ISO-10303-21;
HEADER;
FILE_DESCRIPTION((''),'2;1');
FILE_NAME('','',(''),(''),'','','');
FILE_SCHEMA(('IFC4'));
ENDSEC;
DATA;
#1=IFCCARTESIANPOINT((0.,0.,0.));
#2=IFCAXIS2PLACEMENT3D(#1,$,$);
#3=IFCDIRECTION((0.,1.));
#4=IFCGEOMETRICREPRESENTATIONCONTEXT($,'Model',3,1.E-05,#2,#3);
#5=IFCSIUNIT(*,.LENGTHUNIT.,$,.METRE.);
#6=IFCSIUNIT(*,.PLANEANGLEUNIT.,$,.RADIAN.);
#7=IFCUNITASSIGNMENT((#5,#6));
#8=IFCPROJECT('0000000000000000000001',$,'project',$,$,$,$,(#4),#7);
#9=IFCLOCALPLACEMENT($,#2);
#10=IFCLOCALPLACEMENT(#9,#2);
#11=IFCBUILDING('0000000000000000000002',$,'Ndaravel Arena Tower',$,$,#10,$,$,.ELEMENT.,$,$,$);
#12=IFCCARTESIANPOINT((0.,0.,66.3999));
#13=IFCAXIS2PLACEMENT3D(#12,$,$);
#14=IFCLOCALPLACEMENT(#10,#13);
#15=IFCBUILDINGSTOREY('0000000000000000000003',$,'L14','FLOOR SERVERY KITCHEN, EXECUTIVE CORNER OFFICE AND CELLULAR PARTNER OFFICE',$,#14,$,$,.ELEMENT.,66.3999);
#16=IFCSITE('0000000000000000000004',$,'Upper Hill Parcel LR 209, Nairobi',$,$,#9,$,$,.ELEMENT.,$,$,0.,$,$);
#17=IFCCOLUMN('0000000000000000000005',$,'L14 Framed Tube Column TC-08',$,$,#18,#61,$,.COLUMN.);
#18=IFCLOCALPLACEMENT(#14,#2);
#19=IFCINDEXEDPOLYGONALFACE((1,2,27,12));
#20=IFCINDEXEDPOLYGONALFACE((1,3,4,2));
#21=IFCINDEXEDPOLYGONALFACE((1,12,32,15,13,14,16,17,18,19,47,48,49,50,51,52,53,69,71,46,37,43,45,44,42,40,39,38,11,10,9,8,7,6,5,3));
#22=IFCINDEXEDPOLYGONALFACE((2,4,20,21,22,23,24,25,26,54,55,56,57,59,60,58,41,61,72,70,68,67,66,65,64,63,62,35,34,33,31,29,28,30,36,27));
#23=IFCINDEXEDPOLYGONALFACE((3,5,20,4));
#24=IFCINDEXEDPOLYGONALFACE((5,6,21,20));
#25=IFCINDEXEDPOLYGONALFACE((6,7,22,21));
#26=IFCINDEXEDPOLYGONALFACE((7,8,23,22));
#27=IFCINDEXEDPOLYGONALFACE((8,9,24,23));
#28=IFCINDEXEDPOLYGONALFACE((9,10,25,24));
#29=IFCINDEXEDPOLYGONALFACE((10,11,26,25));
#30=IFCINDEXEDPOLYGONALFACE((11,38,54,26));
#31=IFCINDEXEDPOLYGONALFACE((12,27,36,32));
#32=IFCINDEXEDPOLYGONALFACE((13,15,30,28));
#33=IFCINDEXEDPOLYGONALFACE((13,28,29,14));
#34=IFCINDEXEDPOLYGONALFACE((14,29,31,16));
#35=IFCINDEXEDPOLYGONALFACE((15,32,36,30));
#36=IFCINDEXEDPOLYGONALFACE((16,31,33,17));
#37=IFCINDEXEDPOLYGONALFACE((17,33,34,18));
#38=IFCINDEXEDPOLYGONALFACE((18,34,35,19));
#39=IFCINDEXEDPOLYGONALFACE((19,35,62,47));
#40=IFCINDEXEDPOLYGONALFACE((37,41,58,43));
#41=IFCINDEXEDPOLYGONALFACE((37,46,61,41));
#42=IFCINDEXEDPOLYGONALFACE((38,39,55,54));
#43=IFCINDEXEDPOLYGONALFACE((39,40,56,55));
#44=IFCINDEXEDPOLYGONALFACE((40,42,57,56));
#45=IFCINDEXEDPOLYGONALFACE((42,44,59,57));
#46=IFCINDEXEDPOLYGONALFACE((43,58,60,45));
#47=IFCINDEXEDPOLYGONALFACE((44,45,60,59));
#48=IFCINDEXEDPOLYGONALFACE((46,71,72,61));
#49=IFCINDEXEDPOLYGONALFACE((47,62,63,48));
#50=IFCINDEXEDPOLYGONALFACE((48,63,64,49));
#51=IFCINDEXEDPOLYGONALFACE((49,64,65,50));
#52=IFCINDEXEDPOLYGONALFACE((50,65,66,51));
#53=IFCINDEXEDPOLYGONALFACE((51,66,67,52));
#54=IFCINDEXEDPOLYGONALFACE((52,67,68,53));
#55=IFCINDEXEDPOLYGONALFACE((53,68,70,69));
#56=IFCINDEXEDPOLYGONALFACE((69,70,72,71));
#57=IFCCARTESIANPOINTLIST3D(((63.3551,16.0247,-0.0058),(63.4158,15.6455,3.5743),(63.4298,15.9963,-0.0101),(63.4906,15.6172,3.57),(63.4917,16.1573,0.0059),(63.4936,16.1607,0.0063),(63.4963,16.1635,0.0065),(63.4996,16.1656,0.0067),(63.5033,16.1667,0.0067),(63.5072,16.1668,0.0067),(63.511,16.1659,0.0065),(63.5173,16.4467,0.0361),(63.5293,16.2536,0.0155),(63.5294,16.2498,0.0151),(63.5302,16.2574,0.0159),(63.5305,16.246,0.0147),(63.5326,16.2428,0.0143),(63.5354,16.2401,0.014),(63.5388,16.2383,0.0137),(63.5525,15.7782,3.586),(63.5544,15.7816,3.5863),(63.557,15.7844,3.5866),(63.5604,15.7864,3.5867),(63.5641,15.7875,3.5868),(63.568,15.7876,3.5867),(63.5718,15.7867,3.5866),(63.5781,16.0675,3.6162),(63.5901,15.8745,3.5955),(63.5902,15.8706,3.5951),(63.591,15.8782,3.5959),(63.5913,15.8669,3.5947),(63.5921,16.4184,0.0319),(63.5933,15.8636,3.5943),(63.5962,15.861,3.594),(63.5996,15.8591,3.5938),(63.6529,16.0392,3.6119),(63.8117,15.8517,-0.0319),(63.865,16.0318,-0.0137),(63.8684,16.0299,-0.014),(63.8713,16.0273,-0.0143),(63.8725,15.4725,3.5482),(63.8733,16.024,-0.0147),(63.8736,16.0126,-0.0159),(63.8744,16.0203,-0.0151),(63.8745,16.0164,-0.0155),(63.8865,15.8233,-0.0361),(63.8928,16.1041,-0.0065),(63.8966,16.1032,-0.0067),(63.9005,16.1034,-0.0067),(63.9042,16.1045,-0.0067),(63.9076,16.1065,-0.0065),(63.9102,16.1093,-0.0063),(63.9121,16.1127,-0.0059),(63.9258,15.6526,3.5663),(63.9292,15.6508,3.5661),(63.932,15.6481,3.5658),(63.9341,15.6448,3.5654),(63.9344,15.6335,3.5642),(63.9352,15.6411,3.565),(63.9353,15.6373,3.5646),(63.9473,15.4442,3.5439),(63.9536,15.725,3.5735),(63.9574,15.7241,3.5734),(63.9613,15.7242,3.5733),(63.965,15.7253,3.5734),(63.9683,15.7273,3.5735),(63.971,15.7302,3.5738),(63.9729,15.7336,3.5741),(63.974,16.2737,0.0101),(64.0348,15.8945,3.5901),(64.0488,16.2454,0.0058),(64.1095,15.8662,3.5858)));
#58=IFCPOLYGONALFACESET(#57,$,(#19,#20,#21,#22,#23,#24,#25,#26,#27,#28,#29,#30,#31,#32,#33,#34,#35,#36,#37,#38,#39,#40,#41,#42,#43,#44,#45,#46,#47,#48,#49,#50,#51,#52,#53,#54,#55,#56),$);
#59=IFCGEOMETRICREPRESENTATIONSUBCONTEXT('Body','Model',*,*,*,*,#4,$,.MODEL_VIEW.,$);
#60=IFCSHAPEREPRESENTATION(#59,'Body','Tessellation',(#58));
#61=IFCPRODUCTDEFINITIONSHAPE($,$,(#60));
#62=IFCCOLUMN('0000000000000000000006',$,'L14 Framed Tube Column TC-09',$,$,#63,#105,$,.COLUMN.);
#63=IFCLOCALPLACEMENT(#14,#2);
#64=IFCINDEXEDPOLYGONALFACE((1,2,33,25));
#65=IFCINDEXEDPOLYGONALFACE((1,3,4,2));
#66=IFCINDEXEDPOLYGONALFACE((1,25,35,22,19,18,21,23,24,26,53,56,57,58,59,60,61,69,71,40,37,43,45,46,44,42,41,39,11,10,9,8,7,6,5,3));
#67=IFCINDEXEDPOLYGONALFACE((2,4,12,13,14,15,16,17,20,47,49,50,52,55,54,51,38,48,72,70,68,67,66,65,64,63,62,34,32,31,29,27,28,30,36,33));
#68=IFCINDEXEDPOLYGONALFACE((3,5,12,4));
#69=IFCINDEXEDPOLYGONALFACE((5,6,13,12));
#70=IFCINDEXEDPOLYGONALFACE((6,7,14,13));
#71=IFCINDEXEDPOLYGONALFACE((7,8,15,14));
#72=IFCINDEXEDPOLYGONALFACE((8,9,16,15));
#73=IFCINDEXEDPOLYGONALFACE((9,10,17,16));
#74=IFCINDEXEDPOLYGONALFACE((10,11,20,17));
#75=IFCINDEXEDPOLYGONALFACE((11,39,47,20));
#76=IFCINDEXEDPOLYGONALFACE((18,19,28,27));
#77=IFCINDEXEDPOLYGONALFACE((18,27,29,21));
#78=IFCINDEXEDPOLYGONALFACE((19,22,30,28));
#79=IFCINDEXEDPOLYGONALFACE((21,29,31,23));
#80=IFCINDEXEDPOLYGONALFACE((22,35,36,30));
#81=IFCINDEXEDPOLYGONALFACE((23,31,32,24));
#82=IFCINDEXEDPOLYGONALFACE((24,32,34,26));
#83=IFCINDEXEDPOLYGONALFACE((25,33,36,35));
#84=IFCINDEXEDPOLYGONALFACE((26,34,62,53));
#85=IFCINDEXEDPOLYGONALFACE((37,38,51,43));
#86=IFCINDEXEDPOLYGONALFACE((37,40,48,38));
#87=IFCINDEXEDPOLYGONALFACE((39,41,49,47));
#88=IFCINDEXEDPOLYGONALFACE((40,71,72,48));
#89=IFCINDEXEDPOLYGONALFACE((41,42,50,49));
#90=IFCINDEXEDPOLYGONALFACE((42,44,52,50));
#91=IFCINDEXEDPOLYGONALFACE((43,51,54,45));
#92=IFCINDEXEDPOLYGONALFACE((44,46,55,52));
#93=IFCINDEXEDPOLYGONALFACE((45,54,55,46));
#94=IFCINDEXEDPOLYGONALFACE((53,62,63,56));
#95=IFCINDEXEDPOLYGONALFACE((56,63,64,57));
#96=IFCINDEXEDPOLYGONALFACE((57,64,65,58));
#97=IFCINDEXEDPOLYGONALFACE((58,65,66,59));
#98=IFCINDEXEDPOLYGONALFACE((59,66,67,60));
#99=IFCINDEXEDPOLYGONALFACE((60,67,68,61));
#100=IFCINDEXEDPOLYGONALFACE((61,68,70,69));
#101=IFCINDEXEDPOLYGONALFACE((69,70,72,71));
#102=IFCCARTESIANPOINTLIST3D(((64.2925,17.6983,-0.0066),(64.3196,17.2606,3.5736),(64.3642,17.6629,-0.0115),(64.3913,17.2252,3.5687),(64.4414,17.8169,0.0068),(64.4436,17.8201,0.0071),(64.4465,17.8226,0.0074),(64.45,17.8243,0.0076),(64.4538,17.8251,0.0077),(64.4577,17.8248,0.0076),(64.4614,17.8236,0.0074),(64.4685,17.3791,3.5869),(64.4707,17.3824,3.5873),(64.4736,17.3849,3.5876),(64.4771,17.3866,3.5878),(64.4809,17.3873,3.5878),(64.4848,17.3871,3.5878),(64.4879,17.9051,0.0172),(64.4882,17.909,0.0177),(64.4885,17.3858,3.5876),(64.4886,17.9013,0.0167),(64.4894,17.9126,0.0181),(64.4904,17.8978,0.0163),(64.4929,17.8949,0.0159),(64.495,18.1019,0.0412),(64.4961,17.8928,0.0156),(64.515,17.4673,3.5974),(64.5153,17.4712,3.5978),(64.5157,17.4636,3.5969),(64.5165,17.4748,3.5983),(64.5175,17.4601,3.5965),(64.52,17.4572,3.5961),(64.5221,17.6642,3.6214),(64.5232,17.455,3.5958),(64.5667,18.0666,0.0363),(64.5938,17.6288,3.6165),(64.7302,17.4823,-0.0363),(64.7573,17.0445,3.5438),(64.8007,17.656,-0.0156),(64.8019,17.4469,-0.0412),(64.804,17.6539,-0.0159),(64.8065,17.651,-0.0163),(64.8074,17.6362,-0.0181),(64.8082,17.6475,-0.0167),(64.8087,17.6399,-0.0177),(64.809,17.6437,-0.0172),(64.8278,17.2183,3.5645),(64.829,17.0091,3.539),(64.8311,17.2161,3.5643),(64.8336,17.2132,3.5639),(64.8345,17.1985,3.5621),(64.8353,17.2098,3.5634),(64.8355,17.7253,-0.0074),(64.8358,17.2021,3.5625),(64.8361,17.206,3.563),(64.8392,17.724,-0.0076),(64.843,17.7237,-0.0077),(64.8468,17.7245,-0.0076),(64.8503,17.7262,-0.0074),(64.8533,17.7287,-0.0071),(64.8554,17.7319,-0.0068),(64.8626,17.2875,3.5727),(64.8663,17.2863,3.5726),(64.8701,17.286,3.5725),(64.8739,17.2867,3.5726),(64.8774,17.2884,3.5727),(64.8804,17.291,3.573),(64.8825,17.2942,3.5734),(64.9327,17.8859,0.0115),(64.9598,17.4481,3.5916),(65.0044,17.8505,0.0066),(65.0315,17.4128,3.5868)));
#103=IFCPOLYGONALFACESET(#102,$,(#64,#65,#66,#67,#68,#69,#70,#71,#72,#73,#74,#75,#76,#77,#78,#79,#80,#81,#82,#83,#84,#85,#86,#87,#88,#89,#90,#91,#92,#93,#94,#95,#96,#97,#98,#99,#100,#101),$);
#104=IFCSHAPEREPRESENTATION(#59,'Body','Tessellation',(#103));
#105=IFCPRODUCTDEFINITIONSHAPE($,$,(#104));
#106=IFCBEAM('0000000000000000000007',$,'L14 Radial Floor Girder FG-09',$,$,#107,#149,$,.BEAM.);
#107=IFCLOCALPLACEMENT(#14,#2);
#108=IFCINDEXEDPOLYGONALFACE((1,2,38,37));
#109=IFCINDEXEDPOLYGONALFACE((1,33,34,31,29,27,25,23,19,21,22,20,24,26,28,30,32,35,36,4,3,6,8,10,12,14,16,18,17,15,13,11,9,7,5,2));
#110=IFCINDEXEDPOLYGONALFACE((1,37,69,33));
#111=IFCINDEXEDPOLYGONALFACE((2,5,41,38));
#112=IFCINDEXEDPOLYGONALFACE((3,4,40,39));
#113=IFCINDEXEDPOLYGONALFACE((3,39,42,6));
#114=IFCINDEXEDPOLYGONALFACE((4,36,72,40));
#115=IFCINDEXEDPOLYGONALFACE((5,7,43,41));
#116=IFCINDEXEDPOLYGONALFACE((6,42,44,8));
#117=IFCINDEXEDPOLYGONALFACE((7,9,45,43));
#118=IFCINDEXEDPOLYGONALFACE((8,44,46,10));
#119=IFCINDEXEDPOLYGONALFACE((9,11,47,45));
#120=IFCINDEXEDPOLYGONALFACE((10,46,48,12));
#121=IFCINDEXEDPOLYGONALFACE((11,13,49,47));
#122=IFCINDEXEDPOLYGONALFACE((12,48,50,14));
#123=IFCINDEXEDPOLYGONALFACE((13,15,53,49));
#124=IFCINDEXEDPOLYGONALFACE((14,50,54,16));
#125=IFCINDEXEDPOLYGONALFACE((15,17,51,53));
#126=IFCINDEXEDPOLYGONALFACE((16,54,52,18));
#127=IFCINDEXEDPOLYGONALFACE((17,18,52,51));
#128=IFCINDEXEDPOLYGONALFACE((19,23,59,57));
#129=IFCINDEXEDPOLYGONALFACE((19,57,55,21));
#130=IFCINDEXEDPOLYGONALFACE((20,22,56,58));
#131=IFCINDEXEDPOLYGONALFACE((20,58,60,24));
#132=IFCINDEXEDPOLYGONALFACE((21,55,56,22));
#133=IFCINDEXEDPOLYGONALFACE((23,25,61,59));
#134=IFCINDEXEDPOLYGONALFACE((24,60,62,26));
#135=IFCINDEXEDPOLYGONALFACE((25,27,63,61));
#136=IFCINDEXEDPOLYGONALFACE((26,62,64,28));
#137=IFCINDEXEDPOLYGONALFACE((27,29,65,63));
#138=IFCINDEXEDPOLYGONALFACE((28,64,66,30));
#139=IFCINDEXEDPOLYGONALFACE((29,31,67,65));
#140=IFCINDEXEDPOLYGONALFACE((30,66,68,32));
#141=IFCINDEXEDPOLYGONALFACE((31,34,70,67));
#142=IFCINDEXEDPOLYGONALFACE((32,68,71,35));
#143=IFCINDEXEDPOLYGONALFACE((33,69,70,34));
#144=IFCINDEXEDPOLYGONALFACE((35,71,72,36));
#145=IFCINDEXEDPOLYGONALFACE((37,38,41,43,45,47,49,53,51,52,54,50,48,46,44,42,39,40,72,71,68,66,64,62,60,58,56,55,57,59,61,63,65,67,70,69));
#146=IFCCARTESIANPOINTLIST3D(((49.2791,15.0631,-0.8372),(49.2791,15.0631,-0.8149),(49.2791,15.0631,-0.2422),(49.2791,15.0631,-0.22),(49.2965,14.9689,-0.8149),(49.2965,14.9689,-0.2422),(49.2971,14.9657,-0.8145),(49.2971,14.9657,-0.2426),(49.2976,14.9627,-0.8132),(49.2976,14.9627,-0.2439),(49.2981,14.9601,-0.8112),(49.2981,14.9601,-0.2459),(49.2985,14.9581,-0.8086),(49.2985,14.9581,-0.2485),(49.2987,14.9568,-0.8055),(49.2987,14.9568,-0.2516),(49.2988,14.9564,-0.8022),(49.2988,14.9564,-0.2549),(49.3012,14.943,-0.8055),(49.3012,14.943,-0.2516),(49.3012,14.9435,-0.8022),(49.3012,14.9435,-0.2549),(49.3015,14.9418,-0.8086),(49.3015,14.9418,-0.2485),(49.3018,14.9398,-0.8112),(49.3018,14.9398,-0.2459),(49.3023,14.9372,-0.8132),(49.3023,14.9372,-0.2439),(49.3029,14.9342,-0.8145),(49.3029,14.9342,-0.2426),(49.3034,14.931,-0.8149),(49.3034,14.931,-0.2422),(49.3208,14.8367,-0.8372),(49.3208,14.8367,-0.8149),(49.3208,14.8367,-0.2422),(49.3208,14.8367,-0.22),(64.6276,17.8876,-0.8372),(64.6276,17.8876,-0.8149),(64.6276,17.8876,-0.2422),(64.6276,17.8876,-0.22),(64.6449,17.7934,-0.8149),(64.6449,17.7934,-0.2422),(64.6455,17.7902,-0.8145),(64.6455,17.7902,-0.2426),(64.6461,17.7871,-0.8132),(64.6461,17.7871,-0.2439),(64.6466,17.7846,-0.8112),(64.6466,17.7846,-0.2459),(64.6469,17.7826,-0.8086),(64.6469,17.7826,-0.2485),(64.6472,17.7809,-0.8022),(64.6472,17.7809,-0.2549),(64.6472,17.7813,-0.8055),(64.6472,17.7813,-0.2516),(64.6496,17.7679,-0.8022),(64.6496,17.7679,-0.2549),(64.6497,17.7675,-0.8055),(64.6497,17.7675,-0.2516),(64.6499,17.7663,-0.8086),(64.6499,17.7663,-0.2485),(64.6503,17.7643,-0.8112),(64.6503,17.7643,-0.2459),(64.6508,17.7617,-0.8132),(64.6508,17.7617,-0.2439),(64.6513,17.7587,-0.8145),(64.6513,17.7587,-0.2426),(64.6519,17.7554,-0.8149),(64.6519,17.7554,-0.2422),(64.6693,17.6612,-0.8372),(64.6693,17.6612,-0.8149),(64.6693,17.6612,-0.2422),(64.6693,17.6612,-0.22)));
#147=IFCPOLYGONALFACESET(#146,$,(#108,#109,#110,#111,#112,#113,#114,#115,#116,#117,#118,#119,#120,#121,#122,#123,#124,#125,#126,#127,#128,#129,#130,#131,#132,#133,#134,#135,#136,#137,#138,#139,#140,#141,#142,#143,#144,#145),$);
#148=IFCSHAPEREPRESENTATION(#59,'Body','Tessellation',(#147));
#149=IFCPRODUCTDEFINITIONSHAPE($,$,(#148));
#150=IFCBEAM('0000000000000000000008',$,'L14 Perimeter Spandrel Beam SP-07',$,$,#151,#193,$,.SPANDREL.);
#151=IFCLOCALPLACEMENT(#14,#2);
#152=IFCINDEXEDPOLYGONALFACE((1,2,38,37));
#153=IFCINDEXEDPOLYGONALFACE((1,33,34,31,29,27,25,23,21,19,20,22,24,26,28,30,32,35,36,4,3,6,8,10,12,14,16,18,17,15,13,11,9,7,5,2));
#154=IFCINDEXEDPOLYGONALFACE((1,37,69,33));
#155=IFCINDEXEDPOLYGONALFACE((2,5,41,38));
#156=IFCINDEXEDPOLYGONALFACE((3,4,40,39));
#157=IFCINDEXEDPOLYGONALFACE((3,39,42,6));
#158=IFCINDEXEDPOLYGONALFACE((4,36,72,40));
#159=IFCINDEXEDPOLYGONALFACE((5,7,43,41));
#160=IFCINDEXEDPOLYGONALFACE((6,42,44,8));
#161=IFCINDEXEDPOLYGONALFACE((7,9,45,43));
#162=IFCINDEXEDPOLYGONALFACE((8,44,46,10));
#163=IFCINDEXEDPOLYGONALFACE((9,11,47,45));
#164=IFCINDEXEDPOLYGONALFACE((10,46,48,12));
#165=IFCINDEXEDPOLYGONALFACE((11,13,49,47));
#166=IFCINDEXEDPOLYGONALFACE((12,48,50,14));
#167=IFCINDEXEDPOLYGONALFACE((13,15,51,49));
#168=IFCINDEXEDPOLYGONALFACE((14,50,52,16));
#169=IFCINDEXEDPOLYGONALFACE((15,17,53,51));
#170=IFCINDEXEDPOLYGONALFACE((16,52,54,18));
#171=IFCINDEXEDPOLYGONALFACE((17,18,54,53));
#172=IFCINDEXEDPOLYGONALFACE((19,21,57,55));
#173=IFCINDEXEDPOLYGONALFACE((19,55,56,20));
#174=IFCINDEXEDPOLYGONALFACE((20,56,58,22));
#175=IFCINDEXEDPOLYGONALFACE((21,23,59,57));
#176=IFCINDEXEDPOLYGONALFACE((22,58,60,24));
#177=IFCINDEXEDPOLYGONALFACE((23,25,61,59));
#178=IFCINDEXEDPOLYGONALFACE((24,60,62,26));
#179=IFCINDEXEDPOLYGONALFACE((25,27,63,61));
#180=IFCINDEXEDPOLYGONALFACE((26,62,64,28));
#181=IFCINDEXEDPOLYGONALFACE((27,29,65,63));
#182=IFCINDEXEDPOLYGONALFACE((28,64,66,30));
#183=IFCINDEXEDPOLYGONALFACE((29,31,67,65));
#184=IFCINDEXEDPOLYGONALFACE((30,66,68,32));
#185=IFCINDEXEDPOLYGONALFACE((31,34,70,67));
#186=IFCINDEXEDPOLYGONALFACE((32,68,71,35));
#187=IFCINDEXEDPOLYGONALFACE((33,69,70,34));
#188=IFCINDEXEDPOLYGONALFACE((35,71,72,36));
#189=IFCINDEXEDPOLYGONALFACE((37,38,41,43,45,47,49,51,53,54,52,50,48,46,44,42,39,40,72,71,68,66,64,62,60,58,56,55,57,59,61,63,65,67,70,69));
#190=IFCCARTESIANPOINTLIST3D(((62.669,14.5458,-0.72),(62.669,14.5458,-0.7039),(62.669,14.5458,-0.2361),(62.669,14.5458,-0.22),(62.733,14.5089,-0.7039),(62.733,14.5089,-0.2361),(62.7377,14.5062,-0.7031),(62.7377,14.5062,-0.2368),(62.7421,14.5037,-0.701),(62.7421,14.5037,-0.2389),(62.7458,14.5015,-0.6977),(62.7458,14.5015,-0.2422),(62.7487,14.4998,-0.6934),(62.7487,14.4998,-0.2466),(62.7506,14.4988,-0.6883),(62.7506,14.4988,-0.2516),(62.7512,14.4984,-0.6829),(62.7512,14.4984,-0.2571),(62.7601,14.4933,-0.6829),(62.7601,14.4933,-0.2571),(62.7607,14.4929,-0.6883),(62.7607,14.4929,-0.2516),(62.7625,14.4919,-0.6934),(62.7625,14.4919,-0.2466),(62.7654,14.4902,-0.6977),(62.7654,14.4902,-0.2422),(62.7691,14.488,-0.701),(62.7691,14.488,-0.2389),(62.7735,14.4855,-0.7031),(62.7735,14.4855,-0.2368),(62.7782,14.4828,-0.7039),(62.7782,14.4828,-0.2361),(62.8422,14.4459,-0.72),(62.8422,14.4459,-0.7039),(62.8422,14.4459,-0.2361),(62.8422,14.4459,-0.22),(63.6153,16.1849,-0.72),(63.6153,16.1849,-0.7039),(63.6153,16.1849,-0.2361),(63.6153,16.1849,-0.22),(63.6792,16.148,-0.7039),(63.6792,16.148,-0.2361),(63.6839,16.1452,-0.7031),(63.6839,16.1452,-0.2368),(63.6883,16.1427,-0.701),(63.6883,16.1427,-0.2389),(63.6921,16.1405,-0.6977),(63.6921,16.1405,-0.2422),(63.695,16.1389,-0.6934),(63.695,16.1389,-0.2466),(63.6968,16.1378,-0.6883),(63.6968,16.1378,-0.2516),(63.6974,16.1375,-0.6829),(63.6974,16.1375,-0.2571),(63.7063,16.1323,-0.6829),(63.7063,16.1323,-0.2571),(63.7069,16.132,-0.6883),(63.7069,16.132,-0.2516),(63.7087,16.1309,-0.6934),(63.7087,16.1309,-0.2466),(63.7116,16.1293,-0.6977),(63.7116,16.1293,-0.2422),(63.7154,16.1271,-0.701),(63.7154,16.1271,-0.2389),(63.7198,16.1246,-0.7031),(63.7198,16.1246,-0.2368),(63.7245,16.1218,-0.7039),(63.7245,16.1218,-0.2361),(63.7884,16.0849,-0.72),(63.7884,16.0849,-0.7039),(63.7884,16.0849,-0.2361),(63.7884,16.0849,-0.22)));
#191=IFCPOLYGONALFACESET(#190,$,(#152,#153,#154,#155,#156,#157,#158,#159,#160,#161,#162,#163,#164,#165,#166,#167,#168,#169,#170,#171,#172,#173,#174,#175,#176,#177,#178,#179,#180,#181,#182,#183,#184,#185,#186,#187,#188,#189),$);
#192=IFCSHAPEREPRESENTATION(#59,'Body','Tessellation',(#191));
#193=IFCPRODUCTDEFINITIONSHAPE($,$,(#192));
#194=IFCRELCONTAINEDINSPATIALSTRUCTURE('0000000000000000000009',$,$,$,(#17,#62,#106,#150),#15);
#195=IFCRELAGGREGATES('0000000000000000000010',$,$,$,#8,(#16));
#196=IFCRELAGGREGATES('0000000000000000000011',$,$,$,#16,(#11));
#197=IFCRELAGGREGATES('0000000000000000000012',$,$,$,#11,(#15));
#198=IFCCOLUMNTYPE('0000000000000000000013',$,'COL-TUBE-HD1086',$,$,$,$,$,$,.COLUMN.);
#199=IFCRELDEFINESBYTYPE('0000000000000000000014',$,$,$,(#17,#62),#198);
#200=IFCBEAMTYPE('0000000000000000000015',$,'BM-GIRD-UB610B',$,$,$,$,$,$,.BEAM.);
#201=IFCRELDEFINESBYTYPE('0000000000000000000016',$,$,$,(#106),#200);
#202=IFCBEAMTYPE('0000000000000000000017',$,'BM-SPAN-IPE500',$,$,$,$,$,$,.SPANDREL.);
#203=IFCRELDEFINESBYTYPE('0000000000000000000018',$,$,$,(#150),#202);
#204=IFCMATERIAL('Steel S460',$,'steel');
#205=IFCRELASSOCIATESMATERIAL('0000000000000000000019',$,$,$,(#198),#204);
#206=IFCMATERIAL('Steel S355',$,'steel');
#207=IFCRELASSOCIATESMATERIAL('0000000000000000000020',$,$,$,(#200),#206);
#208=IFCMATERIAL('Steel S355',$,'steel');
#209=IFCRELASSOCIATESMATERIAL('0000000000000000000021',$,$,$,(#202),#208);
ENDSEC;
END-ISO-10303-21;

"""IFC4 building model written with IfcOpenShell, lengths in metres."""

from ifc_helpers import new_model, si_unit, direction, frame, origin, origin_2d, place, context, subcontext, project, spatial, i_section, extrude, material, material_profile, profile_set, type_object, element, save


model = new_model("IFC4")

# Units and contexts
model_context = context("Model", 3, precision=1e-05, world=origin(), true_north=direction((0.0, 1.0)))
body_context = subcontext(model_context, "Body", "Model", "MODEL_VIEW")
ifc_project = project(units=[si_unit("LENGTHUNIT", "METRE"), si_unit("PLANEANGLEUNIT", "RADIAN")], contexts=[model_context])

# Site, building, storey
site_placement = place(None, origin())
site = spatial("IfcSite", under=ifc_project, at=site_placement, Name="Upper Hill Parcel LR 209, Nairobi", CompositionType="ELEMENT", RefElevation=0.0)
building_placement = place(site_placement, origin())
building = spatial("IfcBuilding", under=site, at=building_placement, Name="Ndaravel Arena Tower", CompositionType="ELEMENT")
storey_placement = place(building_placement, frame((0.0, 0.0, 66.3999)))
storey = spatial("IfcBuildingStorey", under=building, at=storey_placement, Name="L14", Description="FLOOR SERVERY KITCHEN, EXECUTIVE CORNER OFFICE AND CELLULAR PARTNER OFFICE", CompositionType="ELEMENT", Elevation=66.3999)

# Columns
ifc_material_1 = material(Name="Steel S460", Category="steel")
ifc_material_profile_1 = material_profile(ifc_material_1, i_section(OverallWidth=0.4541, OverallDepth=0.5691, WebThickness=0.0779, FlangeThickness=0.0801, FilletRadius=0.0149, at=origin_2d()), Name="HD 400x1086")
ifc_profile_set_1 = profile_set([ifc_material_profile_1], Name="Steel S460")
column_type = type_object("IfcColumnType", Name="COL-TUBE-HD1086", PredefinedType="COLUMN", material=ifc_profile_set_1)
column_1_placement = place(storey_placement, frame((63.7019, 16.135, 0.0), z_axis=(0.016884, -0.105302, 0.994297), x_axis=(0.357373, 0.929384, 0.092359)))
element("IfcColumn", 1, at=column_1_placement, inside=storey, type_object=column_type, Name="L14 Framed Tube Column TC-08", PredefinedType="COLUMN", context=body_context, shape_type="SweptSolid", body=[
    extrude(i_section(OverallWidth=0.4541, OverallDepth=0.5691, WebThickness=0.0779, FlangeThickness=0.0801, FilletRadius=0.0149, at=origin_2d()), origin(), (0.0, 0.0, 1.0), 3.6006),
])
column_2_placement = place(storey_placement, frame((64.6484, 17.7744, 0.0), z_axis=(0.007513, -0.121365, 0.99258), x_axis=(0.445931, 0.888851, 0.105306)))
element("IfcColumn", 2, at=column_2_placement, inside=storey, type_object=column_type, Name="L14 Framed Tube Column TC-09", PredefinedType="COLUMN", context=body_context, shape_type="SweptSolid", body=[
    extrude(i_section(OverallWidth=0.4541, OverallDepth=0.5691, WebThickness=0.0779, FlangeThickness=0.0801, FilletRadius=0.0149, at=origin_2d()), origin(), (0.0, 0.0, 1.0), 3.6069),
])

# Beams
ifc_material_2 = material(Name="Steel S355", Category="steel")
ifc_material_profile_2 = material_profile(ifc_material_2, i_section(OverallWidth=0.2302, OverallDepth=0.6172, WebThickness=0.0132, FlangeThickness=0.0222, FilletRadius=0.0127, at=origin_2d()), Name="UB 610x229x140")
ifc_profile_set_2 = profile_set([ifc_material_profile_2], Name="Steel S355")
beam_type_1 = type_object("IfcBeamType", Name="BM-GIRD-UB610B", PredefinedType="BEAM", material=ifc_profile_set_2)
beam_1_placement = place(storey_placement, frame((64.6484, 17.7744, -0.5286), z_axis=(-0.983486, -0.180984, 0.0), x_axis=(0.180984, -0.983486, 0.0)))
element("IfcBeam", 3, at=beam_1_placement, inside=storey, type_object=beam_type_1, Name="L14 Radial Floor Girder FG-09", PredefinedType="BEAM", context=body_context, shape_type="SweptSolid", body=[
    extrude(i_section(OverallWidth=0.2302, OverallDepth=0.6172, WebThickness=0.0132, FlangeThickness=0.0222, FilletRadius=0.0127, at=origin_2d()), origin(), (0.0, 0.0, 1.0), 15.6062),
])
ifc_material_3 = material(Name="Steel S355", Category="steel")
ifc_material_profile_3 = material_profile(ifc_material_3, i_section(OverallWidth=0.2, OverallDepth=0.5, WebThickness=0.0103, FlangeThickness=0.0161, FilletRadius=0.021, at=origin_2d()), Name="IPE 500")
ifc_profile_set_3 = profile_set([ifc_material_profile_3], Name="Steel S355")
beam_type_2 = type_object("IfcBeamType", Name="BM-SPAN-IPE500", PredefinedType="SPANDREL", material=ifc_profile_set_3)
beam_2_placement = place(storey_placement, frame((62.7556, 14.4958, -0.47), z_axis=(0.499968, 0.866044, 0.0), x_axis=(-0.866044, 0.499968, 0.0)))
element("IfcBeam", 4, at=beam_2_placement, inside=storey, type_object=beam_type_2, Name="L14 Perimeter Spandrel Beam SP-07", PredefinedType="SPANDREL", context=body_context, shape_type="SweptSolid", body=[
    extrude(i_section(OverallWidth=0.2, OverallDepth=0.5, WebThickness=0.0103, FlangeThickness=0.0161, FilletRadius=0.021, at=origin_2d()), origin(), (0.0, 0.0, 1.0), 1.8926),
])

save(model, "model.ifc")
